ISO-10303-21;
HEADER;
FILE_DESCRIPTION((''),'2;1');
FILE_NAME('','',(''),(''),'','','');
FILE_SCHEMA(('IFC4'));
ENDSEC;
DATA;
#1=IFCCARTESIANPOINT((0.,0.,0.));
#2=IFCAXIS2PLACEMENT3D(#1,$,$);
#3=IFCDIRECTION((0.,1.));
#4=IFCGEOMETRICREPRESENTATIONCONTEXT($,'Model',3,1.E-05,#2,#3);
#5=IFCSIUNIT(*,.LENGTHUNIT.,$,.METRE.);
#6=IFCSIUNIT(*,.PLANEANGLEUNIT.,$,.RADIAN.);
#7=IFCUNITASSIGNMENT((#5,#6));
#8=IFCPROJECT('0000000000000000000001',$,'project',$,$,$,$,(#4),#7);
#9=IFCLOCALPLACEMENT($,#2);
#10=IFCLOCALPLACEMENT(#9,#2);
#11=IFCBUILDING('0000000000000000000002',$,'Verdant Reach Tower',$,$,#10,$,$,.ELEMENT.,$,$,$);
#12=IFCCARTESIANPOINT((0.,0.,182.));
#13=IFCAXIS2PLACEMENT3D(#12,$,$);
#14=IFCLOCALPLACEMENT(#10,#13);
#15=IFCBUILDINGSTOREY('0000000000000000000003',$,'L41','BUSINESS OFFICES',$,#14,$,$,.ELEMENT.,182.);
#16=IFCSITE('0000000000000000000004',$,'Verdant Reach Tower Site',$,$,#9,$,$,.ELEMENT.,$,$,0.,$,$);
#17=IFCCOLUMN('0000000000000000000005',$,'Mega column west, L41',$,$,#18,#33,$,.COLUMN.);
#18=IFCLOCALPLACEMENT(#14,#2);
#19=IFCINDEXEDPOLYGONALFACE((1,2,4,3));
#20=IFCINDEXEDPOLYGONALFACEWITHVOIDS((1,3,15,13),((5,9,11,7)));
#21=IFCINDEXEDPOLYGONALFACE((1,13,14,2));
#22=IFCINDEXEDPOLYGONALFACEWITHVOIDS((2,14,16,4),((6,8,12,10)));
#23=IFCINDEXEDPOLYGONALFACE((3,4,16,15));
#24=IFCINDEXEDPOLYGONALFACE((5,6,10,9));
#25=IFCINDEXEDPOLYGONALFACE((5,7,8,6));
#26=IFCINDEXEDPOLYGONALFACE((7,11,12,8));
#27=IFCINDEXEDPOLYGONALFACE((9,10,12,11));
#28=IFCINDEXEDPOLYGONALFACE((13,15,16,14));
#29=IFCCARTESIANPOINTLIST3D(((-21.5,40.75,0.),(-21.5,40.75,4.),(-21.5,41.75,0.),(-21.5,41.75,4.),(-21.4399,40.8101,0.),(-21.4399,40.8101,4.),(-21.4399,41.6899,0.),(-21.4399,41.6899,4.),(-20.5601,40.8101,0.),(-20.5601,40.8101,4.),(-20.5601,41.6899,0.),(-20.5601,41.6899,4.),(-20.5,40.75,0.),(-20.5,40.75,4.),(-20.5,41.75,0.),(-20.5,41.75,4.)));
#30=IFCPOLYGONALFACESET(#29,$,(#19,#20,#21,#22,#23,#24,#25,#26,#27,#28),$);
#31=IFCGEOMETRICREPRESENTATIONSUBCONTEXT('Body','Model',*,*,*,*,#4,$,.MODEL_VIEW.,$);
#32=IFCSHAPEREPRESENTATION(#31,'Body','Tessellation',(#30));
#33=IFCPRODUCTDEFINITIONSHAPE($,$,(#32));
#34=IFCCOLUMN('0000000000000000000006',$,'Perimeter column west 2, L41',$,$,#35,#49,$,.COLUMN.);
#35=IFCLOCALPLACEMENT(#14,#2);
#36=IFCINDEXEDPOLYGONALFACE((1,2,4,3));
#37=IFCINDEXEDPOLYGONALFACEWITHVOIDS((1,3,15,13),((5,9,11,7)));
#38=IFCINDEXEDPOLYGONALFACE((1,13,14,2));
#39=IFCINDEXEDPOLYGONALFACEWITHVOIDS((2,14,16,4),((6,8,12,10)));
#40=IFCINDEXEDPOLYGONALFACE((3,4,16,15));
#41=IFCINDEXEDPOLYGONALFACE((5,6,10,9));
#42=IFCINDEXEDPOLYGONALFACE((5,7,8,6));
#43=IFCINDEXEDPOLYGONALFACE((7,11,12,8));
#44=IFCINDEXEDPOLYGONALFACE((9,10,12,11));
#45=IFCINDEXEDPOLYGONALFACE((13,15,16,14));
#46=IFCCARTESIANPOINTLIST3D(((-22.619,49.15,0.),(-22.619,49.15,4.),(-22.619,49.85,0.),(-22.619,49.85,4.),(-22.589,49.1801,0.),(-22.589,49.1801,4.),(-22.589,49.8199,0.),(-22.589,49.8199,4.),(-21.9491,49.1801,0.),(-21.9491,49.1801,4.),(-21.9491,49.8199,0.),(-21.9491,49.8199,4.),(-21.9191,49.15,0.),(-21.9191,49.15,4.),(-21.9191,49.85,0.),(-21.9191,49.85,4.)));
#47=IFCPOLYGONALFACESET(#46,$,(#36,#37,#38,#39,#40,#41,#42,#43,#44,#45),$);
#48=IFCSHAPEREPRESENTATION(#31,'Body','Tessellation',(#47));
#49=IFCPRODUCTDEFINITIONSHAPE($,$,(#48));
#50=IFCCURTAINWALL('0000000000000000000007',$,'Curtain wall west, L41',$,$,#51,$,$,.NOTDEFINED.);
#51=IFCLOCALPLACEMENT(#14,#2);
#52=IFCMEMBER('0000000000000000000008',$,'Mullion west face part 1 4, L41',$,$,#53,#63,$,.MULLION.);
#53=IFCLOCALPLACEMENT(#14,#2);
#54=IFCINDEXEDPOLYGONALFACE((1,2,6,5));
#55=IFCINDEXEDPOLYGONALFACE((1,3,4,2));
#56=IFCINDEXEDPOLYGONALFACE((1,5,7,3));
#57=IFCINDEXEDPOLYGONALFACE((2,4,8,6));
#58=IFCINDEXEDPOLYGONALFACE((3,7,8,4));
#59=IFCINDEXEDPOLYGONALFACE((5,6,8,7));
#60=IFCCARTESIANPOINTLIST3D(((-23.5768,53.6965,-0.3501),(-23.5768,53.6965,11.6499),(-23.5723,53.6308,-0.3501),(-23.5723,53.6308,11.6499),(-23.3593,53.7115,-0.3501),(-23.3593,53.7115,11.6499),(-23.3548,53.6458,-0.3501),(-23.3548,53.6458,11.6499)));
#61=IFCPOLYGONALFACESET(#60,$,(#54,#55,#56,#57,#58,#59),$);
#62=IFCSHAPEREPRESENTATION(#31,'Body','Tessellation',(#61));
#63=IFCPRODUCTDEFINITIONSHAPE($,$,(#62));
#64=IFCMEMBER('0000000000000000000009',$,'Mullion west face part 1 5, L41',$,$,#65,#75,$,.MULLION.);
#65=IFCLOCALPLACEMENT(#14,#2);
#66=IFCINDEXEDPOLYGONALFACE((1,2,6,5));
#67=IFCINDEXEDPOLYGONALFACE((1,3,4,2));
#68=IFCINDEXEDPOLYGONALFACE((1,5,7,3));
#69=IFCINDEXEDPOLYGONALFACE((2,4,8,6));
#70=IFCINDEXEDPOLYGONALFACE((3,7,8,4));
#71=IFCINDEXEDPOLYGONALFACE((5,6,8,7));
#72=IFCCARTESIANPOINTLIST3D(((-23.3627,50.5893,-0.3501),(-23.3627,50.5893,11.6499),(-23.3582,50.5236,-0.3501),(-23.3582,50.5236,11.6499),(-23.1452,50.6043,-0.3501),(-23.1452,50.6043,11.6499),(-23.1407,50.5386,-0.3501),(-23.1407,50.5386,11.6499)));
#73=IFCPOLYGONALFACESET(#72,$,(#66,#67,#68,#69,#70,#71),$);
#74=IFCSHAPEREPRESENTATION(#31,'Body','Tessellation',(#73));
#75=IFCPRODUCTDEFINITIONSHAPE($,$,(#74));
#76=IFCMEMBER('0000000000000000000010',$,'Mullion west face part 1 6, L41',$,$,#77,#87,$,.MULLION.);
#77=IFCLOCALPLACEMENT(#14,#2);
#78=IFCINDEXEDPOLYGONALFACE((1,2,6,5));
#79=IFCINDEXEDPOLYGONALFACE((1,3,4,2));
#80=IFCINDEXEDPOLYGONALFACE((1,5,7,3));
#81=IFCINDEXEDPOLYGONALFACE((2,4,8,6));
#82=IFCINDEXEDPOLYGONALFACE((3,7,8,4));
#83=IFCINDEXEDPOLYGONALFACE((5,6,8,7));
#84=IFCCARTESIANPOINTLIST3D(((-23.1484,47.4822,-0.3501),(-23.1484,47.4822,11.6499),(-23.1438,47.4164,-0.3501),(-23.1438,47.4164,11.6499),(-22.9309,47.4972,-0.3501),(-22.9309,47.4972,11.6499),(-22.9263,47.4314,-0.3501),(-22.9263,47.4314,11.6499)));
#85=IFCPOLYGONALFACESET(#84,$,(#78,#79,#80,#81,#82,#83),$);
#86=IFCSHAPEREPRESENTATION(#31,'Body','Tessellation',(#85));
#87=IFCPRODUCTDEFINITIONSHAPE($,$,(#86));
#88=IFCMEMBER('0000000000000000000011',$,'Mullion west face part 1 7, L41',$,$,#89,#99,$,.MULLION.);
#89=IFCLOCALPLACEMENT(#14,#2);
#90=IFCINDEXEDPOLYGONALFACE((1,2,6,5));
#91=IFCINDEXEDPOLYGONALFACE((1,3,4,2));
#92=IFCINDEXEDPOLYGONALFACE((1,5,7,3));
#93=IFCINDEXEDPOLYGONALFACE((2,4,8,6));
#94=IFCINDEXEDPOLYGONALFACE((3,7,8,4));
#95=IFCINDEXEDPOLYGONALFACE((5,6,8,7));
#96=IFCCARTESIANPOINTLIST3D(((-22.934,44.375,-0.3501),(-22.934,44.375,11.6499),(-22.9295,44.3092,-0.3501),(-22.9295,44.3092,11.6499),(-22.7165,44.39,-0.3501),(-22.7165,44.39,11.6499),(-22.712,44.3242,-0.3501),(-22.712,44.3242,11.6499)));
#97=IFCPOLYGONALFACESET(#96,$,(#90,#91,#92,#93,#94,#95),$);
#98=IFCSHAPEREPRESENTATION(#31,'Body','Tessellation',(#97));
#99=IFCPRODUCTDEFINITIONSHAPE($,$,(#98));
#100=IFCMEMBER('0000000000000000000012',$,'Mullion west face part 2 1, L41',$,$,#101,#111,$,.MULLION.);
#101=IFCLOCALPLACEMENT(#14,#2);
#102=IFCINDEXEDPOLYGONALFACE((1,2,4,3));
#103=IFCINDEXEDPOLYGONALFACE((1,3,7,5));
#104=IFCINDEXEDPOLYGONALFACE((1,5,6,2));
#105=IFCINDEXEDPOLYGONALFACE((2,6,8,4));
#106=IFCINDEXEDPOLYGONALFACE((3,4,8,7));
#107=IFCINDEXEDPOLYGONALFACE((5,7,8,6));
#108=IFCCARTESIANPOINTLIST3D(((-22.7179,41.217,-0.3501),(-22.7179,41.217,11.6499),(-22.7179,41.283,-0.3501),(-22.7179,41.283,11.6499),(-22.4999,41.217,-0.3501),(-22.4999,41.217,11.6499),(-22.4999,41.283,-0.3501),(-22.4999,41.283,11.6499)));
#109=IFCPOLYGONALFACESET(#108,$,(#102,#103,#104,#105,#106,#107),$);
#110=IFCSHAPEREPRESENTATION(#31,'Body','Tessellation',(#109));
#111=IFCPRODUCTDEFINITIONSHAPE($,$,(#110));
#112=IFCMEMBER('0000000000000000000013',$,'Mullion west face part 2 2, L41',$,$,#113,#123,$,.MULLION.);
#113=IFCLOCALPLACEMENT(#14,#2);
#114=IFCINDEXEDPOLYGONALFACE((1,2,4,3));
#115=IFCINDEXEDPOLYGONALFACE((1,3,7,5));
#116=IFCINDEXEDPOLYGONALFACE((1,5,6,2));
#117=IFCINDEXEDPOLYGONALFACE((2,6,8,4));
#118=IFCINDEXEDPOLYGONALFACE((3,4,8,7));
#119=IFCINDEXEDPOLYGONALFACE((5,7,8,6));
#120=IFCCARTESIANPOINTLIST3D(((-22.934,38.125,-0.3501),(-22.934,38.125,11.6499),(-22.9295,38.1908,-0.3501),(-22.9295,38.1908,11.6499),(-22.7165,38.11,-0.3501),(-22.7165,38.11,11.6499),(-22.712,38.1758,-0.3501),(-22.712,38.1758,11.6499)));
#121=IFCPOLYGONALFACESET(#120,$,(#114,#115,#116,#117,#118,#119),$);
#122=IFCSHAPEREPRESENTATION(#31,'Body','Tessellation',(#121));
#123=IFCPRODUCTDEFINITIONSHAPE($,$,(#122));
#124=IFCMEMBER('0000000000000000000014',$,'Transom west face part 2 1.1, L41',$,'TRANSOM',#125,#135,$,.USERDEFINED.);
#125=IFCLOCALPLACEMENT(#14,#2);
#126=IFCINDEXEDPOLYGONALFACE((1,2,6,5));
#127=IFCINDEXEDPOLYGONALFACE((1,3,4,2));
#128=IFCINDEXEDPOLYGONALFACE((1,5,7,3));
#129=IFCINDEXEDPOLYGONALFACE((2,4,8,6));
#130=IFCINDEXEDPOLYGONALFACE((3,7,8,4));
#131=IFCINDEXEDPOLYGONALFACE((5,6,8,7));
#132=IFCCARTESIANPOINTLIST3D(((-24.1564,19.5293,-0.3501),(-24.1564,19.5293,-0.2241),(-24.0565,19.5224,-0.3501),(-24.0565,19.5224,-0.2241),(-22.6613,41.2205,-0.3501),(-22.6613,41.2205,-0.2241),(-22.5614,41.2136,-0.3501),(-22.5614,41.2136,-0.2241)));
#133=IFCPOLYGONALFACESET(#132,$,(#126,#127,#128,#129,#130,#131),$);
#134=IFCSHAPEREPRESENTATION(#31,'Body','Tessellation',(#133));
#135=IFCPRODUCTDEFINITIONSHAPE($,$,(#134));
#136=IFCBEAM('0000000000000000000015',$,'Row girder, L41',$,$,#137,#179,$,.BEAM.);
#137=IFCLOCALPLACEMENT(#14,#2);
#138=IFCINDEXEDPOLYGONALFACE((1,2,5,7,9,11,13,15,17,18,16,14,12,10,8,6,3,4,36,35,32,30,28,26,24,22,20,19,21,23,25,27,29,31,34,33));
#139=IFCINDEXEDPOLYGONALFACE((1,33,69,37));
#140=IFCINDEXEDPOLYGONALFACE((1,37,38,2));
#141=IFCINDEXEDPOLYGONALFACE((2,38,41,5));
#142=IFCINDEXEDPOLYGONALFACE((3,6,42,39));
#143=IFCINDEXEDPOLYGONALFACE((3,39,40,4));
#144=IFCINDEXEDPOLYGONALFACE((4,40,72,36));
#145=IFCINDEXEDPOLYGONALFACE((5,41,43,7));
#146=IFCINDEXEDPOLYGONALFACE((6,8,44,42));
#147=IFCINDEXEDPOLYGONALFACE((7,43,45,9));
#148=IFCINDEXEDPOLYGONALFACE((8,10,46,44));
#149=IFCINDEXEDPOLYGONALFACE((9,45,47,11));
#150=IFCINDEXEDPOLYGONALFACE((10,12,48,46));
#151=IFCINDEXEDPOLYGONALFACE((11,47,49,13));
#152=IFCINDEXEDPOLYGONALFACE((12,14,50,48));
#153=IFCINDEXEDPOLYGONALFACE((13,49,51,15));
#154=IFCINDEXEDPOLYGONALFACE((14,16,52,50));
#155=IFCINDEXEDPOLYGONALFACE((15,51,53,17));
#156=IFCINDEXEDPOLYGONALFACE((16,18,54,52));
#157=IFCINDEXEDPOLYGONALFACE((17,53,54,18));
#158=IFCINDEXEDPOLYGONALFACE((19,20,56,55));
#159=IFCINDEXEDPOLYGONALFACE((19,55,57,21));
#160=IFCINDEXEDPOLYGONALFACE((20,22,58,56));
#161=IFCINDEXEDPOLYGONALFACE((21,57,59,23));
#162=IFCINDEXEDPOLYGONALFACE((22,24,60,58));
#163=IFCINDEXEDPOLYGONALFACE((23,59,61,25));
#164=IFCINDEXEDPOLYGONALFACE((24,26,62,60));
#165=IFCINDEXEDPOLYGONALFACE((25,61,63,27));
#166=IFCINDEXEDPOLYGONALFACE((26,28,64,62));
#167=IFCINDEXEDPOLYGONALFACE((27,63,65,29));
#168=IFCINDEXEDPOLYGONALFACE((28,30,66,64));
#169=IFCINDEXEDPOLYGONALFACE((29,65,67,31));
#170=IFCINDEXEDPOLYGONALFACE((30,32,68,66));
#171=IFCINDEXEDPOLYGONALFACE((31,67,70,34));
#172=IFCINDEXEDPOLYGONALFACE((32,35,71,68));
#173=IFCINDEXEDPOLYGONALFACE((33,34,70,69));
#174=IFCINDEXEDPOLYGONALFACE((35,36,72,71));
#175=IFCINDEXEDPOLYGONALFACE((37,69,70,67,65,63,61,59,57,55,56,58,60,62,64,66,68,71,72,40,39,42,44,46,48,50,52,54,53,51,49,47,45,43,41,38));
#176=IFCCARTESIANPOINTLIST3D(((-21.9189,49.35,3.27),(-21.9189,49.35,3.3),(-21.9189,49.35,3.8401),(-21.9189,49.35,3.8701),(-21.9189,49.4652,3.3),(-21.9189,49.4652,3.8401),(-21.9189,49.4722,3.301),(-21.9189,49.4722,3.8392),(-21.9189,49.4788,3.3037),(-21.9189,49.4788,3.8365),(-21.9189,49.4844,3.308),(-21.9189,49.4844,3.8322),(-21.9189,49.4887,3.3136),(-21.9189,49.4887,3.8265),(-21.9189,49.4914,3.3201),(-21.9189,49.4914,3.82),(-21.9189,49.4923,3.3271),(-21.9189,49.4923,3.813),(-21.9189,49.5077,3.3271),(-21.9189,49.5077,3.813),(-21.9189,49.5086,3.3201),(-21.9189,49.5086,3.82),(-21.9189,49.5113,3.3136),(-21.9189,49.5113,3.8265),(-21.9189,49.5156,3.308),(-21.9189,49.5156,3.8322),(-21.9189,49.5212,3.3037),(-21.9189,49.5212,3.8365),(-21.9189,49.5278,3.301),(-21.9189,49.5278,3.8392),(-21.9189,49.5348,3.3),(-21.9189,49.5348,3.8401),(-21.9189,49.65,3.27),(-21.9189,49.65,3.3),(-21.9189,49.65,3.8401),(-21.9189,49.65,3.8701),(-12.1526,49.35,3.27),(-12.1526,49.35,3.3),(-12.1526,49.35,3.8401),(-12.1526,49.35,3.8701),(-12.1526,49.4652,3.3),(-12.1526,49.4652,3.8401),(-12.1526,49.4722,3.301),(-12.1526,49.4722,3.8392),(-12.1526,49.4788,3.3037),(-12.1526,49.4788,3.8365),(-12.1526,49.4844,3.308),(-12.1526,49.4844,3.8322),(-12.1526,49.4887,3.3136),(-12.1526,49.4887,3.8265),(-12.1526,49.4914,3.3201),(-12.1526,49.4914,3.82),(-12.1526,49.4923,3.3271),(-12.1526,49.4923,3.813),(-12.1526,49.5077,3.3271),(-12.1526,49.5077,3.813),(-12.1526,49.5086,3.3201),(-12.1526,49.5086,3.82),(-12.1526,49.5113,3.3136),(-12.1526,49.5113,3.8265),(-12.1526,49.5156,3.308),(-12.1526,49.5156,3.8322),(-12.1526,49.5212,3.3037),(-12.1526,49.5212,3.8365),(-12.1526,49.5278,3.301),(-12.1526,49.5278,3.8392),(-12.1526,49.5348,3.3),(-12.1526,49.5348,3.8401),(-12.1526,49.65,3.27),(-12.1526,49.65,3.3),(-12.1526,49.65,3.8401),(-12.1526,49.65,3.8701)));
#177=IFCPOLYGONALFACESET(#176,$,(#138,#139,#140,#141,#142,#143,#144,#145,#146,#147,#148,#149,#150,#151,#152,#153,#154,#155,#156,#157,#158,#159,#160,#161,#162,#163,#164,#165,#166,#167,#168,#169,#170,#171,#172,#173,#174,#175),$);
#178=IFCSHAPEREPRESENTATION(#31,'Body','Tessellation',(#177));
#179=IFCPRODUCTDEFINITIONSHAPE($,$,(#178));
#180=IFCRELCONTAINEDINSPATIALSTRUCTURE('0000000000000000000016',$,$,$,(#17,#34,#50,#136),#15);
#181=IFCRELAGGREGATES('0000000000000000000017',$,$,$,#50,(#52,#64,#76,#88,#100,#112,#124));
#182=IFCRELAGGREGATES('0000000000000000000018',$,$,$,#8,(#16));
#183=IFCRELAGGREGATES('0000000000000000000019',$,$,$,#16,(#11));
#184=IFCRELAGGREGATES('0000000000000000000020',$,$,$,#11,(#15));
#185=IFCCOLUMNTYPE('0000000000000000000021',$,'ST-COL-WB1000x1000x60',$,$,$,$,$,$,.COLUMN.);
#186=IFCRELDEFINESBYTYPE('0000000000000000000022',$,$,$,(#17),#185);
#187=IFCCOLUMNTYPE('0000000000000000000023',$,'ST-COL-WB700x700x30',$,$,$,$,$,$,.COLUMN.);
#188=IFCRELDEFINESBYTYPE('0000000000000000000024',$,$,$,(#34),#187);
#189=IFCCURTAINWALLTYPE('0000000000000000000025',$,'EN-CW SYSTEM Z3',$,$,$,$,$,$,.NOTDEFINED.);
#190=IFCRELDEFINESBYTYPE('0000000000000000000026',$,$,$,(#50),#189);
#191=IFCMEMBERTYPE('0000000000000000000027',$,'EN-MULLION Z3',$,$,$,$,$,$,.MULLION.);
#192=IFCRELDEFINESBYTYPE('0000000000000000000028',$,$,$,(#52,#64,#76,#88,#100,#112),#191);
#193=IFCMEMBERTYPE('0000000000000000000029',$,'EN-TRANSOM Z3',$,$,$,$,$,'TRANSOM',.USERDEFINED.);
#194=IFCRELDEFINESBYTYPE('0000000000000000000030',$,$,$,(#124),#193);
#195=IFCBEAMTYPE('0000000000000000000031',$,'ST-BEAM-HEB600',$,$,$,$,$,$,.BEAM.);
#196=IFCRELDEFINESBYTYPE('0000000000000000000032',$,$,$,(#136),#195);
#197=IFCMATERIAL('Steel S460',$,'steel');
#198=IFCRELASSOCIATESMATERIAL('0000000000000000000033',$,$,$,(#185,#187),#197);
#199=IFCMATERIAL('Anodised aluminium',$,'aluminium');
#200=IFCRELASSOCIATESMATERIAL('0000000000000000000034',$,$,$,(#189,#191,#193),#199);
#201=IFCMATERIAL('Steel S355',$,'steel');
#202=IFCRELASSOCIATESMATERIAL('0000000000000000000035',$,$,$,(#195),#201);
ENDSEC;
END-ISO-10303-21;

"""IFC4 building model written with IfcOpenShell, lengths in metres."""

from ifc_helpers import new_model, si_unit, direction, frame, origin, origin_2d, place, context, subcontext, project, spatial, rectangle, hollow_rectangle, i_section, extrude, material, material_profile, profile_set, type_object, element, aggregate, save


model = new_model("IFC4")

# Units and contexts
model_context = context("Model", 3, precision=1e-05, world=origin(), true_north=direction((0.0, 1.0)))
body_context = subcontext(model_context, "Body", "Model", "MODEL_VIEW")
ifc_project = project(units=[si_unit("LENGTHUNIT", "METRE"), si_unit("PLANEANGLEUNIT", "RADIAN")], contexts=[model_context])

# Site, building, storey
site_placement = place(None, origin())
site = spatial("IfcSite", under=ifc_project, at=site_placement, Name="Verdant Reach Tower Site", CompositionType="ELEMENT", RefElevation=0.0)
building_placement = place(site_placement, origin())
building = spatial("IfcBuilding", under=site, at=building_placement, Name="Verdant Reach Tower", CompositionType="ELEMENT")
storey_placement = place(building_placement, frame((0.0, 0.0, 182.0)))
storey = spatial("IfcBuildingStorey", under=building, at=storey_placement, Name="L41", Description="BUSINESS OFFICES", CompositionType="ELEMENT", Elevation=182.0)

# Columns
ifc_material_1 = material(Name="Steel S460", Category="steel")
ifc_material_profile_1 = material_profile(ifc_material_1, hollow_rectangle(XDim=1.0, YDim=1.0, WallThickness=0.0601, at=origin_2d()), Name="WB 1000x1000x60")
ifc_profile_set_1 = profile_set([ifc_material_profile_1], Name="Steel S460")
column_type_1 = type_object("IfcColumnType", Name="ST-COL-WB1000x1000x60", PredefinedType="COLUMN", material=ifc_profile_set_1)
column_1_placement = place(storey_placement, frame((-21.0, 41.25, 0.0), z_axis=(0.0, 0.0, 1.0), x_axis=(1.0, 0.0, 0.0)))
element("IfcColumn", 1, at=column_1_placement, inside=storey, type_object=column_type_1, Name="Mega column west, L41", PredefinedType="COLUMN", context=body_context, shape_type="SweptSolid", body=[
    extrude(hollow_rectangle(XDim=1.0, YDim=1.0, WallThickness=0.0601, at=origin_2d()), origin(), (0.0, 0.0, 1.0), 4.0),
])
ifc_material_profile_2 = material_profile(ifc_material_1, hollow_rectangle(XDim=0.7, YDim=0.7, WallThickness=0.03, at=origin_2d()), Name="WB 700x700x30")
ifc_profile_set_2 = profile_set([ifc_material_profile_2], Name="Steel S460")
column_type_2 = type_object("IfcColumnType", Name="ST-COL-WB700x700x30", PredefinedType="COLUMN", material=ifc_profile_set_2)
column_2_placement = place(storey_placement, frame((-22.269, 49.5, 0.0), z_axis=(0.0, 0.0, 1.0), x_axis=(1.0, 0.0, 0.0)))
element("IfcColumn", 2, at=column_2_placement, inside=storey, type_object=column_type_2, Name="Perimeter column west 2, L41", PredefinedType="COLUMN", context=body_context, shape_type="SweptSolid", body=[
    extrude(hollow_rectangle(XDim=0.7, YDim=0.7, WallThickness=0.03, at=origin_2d()), origin(), (0.0, 0.0, 1.0), 4.0),
])

# Curtain wall, members
ifc_material_2 = material(Name="Anodised aluminium", Category="aluminium")
curtain_wall_type = type_object("IfcCurtainWallType", Name="EN-CW SYSTEM Z3", PredefinedType="NOTDEFINED", material=ifc_material_2)
curtain_wall_placement = place(storey_placement, origin())
curtain_wall = element("IfcCurtainWall", 3, at=curtain_wall_placement, inside=storey, type_object=curtain_wall_type, Name="Curtain wall west, L41", PredefinedType="NOTDEFINED")
ifc_material_profile_3 = material_profile(ifc_material_2, rectangle(XDim=0.218, YDim=0.0659, at=origin_2d()), Name="Mullion 66x218")
ifc_profile_set_3 = profile_set([ifc_material_profile_3], Name="Anodised aluminium")
member_type_1 = type_object("IfcMemberType", Name="EN-MULLION Z3", PredefinedType="MULLION", material=ifc_profile_set_3)
member_1_placement = place(storey_placement, frame((-23.4658, 53.6711, -0.3501), z_axis=(0.0, 0.0, 1.0), x_axis=(-0.99763, -0.068802, 0.0)))
member_1 = element("IfcMember", 4, at=member_1_placement, type_object=member_type_1, Name="Mullion west face part 1 4, L41", PredefinedType="MULLION", context=body_context, shape_type="SweptSolid", body=[
    extrude(rectangle(XDim=0.218, YDim=0.0659, at=origin_2d()), origin(), (0.0, 0.0, 1.0), 12.0),
])
member_2_placement = place(storey_placement, frame((-23.2517, 50.564, -0.3501), z_axis=(0.0, 0.0, 1.0), x_axis=(-0.99763, -0.068802, 0.0)))
member_2 = element("IfcMember", 5, at=member_2_placement, type_object=member_type_1, Name="Mullion west face part 1 5, L41", PredefinedType="MULLION", context=body_context, shape_type="SweptSolid", body=[
    extrude(rectangle(XDim=0.218, YDim=0.0659, at=origin_2d()), origin(), (0.0, 0.0, 1.0), 12.0),
])
member_3_placement = place(storey_placement, frame((-23.0374, 47.4568, -0.3501), z_axis=(0.0, 0.0, 1.0), x_axis=(-0.99763, -0.068802, 0.0)))
member_3 = element("IfcMember", 6, at=member_3_placement, type_object=member_type_1, Name="Mullion west face part 1 6, L41", PredefinedType="MULLION", context=body_context, shape_type="SweptSolid", body=[
    extrude(rectangle(XDim=0.218, YDim=0.0659, at=origin_2d()), origin(), (0.0, 0.0, 1.0), 12.0),
])
member_4_placement = place(storey_placement, frame((-22.823, 44.3496, -0.3501), z_axis=(0.0, 0.0, 1.0), x_axis=(-0.99763, -0.068802, 0.0)))
member_4 = element("IfcMember", 7, at=member_4_placement, type_object=member_type_1, Name="Mullion west face part 1 7, L41", PredefinedType="MULLION", context=body_context, shape_type="SweptSolid", body=[
    extrude(rectangle(XDim=0.218, YDim=0.0659, at=origin_2d()), origin(), (0.0, 0.0, 1.0), 12.0),
])
member_5_placement = place(storey_placement, frame((-22.6089, 41.25, -0.3501), z_axis=(0.0, 0.0, 1.0), x_axis=(-1.0, 0.0, 0.0)))
member_5 = element("IfcMember", 8, at=member_5_placement, type_object=member_type_1, Name="Mullion west face part 2 1, L41", PredefinedType="MULLION", context=body_context, shape_type="SweptSolid", body=[
    extrude(rectangle(XDim=0.218, YDim=0.0659, at=origin_2d()), origin(), (0.0, 0.0, 1.0), 12.0),
])
member_6_placement = place(storey_placement, frame((-22.823, 38.1504, -0.3501), z_axis=(0.0, 0.0, 1.0), x_axis=(-0.99763, 0.068802, 0.0)))
member_6 = element("IfcMember", 9, at=member_6_placement, type_object=member_type_1, Name="Mullion west face part 2 2, L41", PredefinedType="MULLION", context=body_context, shape_type="SweptSolid", body=[
    extrude(rectangle(XDim=0.218, YDim=0.0659, at=origin_2d()), origin(), (0.0, 0.0, 1.0), 12.0),
])
ifc_material_profile_4 = material_profile(ifc_material_2, rectangle(XDim=0.1001, YDim=0.126, at=origin_2d()), Name="Transom 126x100")
ifc_profile_set_4 = profile_set([ifc_material_profile_4], Name="Anodised aluminium")
member_type_2 = type_object("IfcMemberType", Name="EN-TRANSOM Z3", ElementType="TRANSOM", PredefinedType="USERDEFINED", material=ifc_profile_set_4)
member_7_placement = place(storey_placement, frame((-22.6113, 41.217, -0.2871), z_axis=(-0.068764, -0.997633, 0.0), x_axis=(0.997633, -0.068764, 0.0)))
member_7 = element("IfcMember", 10, at=member_7_placement, type_object=member_type_2, Name="Transom west face part 2 1.1, L41", ObjectType="TRANSOM", PredefinedType="USERDEFINED", context=body_context, shape_type="SweptSolid", body=[
    extrude(rectangle(XDim=0.1001, YDim=0.126, at=origin_2d()), origin(), (0.0, 0.0, 1.0), 21.7427),
])

# Beam
ifc_material_3 = material(Name="Steel S355", Category="steel")
ifc_material_profile_5 = material_profile(ifc_material_3, i_section(OverallWidth=0.3, OverallDepth=0.6001, WebThickness=0.0154, FlangeThickness=0.03, FilletRadius=0.0271, at=origin_2d()), Name="HEB 600")
ifc_profile_set_5 = profile_set([ifc_material_profile_5], Name="Steel S355")
beam_type_1 = type_object("IfcBeamType", Name="ST-BEAM-HEB600", PredefinedType="BEAM", material=ifc_profile_set_5)
beam_1_placement = place(storey_placement, frame((-21.9189, 49.5, 3.5701), z_axis=(1.0, 0.0, 0.0), x_axis=(0.0, 1.0, 0.0)))
element("IfcBeam", 11, at=beam_1_placement, inside=storey, type_object=beam_type_1, Name="Row girder, L41", PredefinedType="BEAM", context=body_context, shape_type="SweptSolid", body=[
    extrude(i_section(OverallWidth=0.3, OverallDepth=0.6001, WebThickness=0.0154, FlangeThickness=0.03, FilletRadius=0.0271, at=origin_2d()), origin(), (0.0, 0.0, 1.0), 9.7664),
])

aggregate(curtain_wall, [member_1, member_2, member_3, member_4, member_5, member_6, member_7])

save(model, "model.ifc")
